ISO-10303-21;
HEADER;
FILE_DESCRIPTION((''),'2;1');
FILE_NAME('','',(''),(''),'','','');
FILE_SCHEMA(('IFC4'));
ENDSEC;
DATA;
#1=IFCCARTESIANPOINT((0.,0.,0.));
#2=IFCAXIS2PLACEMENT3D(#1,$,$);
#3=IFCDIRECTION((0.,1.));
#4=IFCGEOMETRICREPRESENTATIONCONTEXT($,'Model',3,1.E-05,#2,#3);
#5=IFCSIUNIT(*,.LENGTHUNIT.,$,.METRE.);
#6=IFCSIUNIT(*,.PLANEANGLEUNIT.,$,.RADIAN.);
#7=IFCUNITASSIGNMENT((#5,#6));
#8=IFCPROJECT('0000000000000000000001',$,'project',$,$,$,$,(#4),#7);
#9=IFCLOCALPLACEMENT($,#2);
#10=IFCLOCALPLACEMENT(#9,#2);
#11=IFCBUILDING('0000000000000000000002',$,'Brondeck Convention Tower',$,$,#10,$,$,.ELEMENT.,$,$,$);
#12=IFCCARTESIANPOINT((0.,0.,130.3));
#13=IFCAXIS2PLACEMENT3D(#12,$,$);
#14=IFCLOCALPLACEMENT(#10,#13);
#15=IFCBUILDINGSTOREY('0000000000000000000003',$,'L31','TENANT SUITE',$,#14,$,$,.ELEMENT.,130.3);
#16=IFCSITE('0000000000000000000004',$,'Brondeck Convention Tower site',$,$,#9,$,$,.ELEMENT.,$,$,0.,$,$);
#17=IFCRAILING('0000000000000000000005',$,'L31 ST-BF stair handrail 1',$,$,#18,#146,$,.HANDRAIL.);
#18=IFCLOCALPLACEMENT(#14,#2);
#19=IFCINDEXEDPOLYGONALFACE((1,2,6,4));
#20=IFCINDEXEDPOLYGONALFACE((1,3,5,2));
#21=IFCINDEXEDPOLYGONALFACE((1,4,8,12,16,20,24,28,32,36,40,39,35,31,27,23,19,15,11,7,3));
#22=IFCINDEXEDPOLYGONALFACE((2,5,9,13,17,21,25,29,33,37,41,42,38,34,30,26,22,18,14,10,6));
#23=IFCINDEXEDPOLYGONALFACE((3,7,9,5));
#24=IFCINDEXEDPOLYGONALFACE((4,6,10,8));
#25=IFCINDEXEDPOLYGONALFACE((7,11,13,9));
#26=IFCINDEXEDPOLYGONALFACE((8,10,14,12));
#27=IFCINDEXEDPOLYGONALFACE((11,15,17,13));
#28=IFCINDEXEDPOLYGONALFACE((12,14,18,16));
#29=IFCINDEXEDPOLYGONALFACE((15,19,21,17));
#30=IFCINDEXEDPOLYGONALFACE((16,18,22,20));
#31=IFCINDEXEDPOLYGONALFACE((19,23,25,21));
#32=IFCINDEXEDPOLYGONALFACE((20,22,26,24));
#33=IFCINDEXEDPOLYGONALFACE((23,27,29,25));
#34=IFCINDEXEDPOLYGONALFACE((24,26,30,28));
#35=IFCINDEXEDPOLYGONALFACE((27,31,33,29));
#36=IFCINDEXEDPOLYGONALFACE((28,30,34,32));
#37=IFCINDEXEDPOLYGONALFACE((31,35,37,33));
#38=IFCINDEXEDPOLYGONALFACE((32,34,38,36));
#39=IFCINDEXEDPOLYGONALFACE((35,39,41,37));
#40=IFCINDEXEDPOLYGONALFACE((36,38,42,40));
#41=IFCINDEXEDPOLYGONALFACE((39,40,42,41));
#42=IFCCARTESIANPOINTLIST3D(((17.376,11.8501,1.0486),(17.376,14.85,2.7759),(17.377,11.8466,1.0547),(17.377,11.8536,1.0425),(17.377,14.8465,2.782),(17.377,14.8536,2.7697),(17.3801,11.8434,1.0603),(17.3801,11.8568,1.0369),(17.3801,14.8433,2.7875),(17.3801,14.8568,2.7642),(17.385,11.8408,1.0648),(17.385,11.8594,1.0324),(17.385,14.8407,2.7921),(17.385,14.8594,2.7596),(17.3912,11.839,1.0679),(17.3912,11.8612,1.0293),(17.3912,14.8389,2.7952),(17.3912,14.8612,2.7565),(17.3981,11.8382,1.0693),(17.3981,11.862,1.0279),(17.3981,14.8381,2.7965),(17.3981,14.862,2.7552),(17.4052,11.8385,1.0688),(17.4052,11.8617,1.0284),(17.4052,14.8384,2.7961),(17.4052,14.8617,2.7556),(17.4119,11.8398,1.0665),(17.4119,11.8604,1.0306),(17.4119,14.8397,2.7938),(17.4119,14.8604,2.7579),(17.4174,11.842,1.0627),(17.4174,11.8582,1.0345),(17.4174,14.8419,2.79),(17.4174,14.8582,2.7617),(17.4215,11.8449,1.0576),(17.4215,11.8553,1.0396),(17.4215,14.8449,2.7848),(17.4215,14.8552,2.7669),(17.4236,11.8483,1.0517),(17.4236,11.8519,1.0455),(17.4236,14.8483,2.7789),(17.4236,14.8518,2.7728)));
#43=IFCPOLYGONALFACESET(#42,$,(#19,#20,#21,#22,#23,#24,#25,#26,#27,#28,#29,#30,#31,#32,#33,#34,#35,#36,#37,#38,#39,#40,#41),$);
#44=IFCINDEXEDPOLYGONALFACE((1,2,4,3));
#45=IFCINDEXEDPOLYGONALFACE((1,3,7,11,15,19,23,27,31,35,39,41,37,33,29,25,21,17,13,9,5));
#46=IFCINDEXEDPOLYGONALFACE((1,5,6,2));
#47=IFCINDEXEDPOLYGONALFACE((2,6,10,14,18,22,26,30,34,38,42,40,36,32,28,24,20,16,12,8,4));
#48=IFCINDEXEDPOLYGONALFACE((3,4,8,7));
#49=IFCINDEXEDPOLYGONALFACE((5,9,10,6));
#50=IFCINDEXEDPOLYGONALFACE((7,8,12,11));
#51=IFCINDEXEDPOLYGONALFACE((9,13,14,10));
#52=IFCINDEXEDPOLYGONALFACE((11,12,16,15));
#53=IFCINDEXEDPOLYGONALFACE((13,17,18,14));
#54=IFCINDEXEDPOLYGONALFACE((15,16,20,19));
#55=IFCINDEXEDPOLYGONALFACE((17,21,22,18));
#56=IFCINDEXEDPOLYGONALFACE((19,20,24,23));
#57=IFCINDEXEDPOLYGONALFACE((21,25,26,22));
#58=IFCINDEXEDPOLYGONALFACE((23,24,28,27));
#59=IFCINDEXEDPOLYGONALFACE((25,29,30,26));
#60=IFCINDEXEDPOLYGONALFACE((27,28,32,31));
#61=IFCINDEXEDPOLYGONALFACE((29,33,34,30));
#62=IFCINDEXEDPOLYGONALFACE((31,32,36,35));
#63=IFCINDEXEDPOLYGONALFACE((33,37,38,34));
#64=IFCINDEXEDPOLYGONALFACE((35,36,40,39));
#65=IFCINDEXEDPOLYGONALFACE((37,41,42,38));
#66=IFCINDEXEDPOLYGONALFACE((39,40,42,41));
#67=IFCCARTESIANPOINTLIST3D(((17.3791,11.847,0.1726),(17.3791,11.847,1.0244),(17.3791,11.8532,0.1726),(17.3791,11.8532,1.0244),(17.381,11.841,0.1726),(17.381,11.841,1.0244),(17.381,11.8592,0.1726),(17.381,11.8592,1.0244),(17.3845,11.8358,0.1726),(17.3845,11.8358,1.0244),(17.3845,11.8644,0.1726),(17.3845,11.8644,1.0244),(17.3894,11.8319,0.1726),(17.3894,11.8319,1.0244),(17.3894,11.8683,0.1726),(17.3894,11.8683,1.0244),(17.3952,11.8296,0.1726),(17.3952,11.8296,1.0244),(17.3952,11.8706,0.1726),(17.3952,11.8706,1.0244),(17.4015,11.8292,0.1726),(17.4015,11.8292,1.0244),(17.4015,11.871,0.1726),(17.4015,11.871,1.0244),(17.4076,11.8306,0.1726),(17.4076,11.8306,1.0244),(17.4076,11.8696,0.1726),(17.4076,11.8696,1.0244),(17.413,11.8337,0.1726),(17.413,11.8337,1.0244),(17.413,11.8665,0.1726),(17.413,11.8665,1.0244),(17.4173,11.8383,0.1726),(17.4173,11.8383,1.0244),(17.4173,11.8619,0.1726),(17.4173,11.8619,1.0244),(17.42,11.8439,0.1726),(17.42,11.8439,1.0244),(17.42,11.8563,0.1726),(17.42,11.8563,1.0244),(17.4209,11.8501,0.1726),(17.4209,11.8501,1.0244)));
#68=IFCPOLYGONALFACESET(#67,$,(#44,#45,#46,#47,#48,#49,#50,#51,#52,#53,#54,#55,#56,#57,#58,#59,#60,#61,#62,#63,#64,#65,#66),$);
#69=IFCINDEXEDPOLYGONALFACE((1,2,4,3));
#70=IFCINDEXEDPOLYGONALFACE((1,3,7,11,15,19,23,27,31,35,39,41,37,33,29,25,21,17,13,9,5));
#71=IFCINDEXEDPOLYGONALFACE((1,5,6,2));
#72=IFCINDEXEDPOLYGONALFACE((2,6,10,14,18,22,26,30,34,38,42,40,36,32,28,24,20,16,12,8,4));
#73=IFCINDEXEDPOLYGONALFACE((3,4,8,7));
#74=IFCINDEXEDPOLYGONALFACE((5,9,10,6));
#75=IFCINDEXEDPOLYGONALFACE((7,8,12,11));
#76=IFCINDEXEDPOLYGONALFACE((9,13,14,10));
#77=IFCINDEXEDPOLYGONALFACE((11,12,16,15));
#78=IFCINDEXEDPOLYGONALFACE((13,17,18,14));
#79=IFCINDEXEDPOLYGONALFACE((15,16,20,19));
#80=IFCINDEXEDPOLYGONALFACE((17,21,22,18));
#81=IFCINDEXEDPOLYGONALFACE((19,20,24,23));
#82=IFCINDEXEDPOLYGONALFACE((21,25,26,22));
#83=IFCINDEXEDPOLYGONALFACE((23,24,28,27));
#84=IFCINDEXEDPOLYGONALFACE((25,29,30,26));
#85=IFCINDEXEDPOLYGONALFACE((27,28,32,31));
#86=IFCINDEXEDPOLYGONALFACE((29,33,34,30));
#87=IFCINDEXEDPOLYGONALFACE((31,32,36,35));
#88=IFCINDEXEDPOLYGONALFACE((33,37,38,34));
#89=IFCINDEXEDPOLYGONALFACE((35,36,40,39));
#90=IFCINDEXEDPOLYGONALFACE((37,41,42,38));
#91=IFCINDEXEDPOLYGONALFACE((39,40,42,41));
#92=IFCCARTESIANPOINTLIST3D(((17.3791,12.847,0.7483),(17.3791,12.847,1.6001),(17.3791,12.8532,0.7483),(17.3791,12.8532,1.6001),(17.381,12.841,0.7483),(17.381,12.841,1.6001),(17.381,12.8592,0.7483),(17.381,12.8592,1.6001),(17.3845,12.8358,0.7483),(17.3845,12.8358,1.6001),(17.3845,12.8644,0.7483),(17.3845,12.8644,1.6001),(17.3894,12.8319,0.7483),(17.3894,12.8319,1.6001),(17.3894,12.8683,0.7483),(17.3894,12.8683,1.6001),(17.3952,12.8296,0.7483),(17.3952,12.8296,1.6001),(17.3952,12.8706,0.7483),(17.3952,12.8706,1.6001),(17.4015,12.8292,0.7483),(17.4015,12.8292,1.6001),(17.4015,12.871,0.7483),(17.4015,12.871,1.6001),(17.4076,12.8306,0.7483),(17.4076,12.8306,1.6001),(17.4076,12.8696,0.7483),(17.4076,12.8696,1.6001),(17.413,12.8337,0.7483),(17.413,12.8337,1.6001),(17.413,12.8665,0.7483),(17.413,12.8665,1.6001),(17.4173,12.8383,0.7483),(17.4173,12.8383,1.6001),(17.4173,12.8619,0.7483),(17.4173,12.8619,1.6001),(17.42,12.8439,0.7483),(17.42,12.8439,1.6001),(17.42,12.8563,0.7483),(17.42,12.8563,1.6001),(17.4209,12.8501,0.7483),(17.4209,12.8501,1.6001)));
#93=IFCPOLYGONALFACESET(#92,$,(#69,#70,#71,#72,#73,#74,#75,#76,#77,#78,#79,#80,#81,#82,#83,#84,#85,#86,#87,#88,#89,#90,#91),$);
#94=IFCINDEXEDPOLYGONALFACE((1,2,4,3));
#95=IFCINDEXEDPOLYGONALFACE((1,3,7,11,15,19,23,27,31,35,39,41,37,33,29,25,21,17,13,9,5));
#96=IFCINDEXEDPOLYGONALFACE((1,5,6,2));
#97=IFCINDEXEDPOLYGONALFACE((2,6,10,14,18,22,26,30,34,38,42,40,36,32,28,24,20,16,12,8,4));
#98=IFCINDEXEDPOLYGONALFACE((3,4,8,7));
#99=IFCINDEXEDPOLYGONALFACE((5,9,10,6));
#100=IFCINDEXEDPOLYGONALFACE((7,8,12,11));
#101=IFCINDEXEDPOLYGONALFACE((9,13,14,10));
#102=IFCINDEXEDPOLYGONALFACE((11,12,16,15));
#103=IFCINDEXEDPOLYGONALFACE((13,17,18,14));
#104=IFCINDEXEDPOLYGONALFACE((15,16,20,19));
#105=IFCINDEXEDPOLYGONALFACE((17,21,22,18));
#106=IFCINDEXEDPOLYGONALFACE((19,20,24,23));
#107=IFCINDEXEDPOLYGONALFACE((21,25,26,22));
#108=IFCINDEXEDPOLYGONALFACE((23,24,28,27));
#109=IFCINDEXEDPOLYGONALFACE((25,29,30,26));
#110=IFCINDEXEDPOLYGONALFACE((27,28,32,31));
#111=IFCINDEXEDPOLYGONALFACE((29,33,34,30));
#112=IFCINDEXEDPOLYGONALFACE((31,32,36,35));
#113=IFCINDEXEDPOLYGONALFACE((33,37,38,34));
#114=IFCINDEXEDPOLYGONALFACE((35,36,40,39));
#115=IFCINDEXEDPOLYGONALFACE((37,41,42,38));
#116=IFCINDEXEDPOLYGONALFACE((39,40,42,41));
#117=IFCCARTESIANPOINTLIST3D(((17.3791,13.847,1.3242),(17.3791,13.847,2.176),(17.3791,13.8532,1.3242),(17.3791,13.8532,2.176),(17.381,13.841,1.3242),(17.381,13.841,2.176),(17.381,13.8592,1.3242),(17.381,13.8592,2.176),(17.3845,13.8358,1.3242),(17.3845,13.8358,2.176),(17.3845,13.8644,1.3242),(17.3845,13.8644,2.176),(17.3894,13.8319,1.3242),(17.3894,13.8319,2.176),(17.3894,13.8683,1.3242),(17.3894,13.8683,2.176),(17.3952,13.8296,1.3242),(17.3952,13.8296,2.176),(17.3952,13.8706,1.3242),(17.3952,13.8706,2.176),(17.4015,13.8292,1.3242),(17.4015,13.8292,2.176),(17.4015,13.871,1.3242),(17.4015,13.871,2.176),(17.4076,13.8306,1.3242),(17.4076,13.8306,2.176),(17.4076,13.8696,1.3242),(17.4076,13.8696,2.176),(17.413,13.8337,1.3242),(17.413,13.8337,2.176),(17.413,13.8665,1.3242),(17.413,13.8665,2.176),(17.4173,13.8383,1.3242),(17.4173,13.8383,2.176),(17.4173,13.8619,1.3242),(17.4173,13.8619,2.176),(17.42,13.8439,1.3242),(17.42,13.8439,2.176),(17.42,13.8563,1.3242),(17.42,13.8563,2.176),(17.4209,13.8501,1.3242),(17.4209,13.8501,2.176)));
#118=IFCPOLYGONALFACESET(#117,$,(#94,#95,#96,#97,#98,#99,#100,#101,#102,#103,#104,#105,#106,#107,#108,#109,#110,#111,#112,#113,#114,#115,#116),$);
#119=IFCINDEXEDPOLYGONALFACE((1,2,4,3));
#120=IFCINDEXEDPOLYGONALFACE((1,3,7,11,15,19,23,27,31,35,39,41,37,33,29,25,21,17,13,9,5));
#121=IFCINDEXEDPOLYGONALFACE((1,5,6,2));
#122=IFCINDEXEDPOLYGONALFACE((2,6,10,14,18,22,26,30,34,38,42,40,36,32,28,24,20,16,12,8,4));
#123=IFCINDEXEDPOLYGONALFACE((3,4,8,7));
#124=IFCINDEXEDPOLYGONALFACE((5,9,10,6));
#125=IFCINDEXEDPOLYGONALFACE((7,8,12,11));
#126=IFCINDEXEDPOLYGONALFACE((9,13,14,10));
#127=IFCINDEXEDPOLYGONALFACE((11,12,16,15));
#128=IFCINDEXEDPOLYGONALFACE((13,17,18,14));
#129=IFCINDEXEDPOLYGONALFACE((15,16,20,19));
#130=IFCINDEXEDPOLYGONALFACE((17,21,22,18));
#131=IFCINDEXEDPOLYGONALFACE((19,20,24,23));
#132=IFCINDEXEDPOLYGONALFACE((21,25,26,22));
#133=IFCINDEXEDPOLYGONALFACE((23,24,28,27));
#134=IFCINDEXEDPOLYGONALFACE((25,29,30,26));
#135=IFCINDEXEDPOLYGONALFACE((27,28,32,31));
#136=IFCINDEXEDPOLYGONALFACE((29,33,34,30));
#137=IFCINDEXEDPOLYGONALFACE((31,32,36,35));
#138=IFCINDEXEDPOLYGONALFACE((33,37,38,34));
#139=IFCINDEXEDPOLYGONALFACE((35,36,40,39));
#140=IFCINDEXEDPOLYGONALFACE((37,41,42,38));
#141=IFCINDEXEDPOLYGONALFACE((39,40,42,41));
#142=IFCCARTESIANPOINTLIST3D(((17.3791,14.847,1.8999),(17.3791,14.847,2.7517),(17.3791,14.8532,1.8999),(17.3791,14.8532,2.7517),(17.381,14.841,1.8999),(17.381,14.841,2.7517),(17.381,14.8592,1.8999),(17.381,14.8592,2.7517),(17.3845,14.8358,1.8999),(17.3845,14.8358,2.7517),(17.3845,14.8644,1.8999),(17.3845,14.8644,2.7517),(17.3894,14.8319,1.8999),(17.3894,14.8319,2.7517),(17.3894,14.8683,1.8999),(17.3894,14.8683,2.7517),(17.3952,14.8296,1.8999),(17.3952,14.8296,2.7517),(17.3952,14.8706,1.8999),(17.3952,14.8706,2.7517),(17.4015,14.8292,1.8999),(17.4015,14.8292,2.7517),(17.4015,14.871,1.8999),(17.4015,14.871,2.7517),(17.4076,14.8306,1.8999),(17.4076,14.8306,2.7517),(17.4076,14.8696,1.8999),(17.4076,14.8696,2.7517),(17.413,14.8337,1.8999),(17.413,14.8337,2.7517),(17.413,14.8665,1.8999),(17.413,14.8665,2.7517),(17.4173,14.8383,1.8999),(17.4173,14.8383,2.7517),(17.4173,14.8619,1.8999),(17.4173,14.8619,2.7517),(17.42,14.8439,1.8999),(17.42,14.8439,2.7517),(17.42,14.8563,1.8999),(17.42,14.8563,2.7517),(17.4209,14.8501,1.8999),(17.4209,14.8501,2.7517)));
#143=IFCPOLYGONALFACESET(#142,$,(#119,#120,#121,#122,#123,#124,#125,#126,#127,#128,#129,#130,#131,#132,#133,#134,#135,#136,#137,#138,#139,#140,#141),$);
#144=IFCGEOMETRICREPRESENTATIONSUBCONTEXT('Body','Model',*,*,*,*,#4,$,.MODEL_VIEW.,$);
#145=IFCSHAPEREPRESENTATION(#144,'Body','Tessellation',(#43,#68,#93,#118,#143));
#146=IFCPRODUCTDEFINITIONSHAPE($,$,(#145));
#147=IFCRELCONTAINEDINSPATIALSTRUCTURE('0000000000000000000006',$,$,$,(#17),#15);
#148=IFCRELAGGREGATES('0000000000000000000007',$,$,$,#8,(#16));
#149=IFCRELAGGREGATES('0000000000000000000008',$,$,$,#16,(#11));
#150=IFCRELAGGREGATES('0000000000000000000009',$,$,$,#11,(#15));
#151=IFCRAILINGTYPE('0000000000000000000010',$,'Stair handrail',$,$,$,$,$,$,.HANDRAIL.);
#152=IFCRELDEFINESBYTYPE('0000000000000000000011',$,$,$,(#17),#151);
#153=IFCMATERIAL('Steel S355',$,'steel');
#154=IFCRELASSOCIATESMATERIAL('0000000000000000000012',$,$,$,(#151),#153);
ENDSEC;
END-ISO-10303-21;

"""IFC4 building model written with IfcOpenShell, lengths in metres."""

from ifc_helpers import new_model, si_unit, direction, frame, origin, origin_2d, place, context, subcontext, project, spatial, circle, extrude, material, type_object, element, save


model = new_model("IFC4")

# Units and contexts
model_context = context("Model", 3, precision=1e-05, world=origin(), true_north=direction((0.0, 1.0)))
body_context = subcontext(model_context, "Body", "Model", "MODEL_VIEW")
ifc_project = project(units=[si_unit("LENGTHUNIT", "METRE"), si_unit("PLANEANGLEUNIT", "RADIAN")], contexts=[model_context])

# Site, building, storey
site_placement = place(None, origin())
site = spatial("IfcSite", under=ifc_project, at=site_placement, Name="Brondeck Convention Tower site", CompositionType="ELEMENT", RefElevation=0.0)
building_placement = place(site_placement, origin())
building = spatial("IfcBuilding", under=site, at=building_placement, Name="Brondeck Convention Tower", CompositionType="ELEMENT")
storey_placement = place(building_placement, frame((0.0, 0.0, 130.3)))
storey = spatial("IfcBuildingStorey", under=building, at=storey_placement, Name="L31", Description="TENANT SUITE", CompositionType="ELEMENT", Elevation=130.3)

# Shared definitions
ifc_material_1 = material(Name="Steel S355", Category="steel")

# Railing
railing_type_1 = type_object("IfcRailingType", Name="Stair handrail", PredefinedType="HANDRAIL", material=ifc_material_1)
railing_1_placement = place(storey_placement, frame((17.3999, 11.8501, 0.1726)))
element("IfcRailing", 1, at=railing_1_placement, inside=storey, type_object=railing_type_1, Name="L31 ST-BF stair handrail 1", PredefinedType="HANDRAIL", context=body_context, shape_type="SweptSolid", body=[
    extrude(circle(Radius=0.0239, at=origin_2d()), frame((0.0, 0.0, 0.876), z_axis=(0.0, 0.86662, 0.498969), x_axis=(-1.0, 0.0, 0.0)), (0.0, 0.0, 1.0), 3.4617),
    extrude(circle(Radius=0.021, at=origin_2d()), origin(), (0.0, 0.0, 1.0), 0.8518),
    extrude(circle(Radius=0.021, at=origin_2d()), frame((0.0, 1.0, 0.5757)), (0.0, 0.0, 1.0), 0.8518),
    extrude(circle(Radius=0.021, at=origin_2d()), frame((0.0, 2.0, 1.1516)), (0.0, 0.0, 1.0), 0.8518),
    extrude(circle(Radius=0.021, at=origin_2d()), frame((0.0, 3.0, 1.7273)), (0.0, 0.0, 1.0), 0.8518),
])

save(model, "model.ifc")
